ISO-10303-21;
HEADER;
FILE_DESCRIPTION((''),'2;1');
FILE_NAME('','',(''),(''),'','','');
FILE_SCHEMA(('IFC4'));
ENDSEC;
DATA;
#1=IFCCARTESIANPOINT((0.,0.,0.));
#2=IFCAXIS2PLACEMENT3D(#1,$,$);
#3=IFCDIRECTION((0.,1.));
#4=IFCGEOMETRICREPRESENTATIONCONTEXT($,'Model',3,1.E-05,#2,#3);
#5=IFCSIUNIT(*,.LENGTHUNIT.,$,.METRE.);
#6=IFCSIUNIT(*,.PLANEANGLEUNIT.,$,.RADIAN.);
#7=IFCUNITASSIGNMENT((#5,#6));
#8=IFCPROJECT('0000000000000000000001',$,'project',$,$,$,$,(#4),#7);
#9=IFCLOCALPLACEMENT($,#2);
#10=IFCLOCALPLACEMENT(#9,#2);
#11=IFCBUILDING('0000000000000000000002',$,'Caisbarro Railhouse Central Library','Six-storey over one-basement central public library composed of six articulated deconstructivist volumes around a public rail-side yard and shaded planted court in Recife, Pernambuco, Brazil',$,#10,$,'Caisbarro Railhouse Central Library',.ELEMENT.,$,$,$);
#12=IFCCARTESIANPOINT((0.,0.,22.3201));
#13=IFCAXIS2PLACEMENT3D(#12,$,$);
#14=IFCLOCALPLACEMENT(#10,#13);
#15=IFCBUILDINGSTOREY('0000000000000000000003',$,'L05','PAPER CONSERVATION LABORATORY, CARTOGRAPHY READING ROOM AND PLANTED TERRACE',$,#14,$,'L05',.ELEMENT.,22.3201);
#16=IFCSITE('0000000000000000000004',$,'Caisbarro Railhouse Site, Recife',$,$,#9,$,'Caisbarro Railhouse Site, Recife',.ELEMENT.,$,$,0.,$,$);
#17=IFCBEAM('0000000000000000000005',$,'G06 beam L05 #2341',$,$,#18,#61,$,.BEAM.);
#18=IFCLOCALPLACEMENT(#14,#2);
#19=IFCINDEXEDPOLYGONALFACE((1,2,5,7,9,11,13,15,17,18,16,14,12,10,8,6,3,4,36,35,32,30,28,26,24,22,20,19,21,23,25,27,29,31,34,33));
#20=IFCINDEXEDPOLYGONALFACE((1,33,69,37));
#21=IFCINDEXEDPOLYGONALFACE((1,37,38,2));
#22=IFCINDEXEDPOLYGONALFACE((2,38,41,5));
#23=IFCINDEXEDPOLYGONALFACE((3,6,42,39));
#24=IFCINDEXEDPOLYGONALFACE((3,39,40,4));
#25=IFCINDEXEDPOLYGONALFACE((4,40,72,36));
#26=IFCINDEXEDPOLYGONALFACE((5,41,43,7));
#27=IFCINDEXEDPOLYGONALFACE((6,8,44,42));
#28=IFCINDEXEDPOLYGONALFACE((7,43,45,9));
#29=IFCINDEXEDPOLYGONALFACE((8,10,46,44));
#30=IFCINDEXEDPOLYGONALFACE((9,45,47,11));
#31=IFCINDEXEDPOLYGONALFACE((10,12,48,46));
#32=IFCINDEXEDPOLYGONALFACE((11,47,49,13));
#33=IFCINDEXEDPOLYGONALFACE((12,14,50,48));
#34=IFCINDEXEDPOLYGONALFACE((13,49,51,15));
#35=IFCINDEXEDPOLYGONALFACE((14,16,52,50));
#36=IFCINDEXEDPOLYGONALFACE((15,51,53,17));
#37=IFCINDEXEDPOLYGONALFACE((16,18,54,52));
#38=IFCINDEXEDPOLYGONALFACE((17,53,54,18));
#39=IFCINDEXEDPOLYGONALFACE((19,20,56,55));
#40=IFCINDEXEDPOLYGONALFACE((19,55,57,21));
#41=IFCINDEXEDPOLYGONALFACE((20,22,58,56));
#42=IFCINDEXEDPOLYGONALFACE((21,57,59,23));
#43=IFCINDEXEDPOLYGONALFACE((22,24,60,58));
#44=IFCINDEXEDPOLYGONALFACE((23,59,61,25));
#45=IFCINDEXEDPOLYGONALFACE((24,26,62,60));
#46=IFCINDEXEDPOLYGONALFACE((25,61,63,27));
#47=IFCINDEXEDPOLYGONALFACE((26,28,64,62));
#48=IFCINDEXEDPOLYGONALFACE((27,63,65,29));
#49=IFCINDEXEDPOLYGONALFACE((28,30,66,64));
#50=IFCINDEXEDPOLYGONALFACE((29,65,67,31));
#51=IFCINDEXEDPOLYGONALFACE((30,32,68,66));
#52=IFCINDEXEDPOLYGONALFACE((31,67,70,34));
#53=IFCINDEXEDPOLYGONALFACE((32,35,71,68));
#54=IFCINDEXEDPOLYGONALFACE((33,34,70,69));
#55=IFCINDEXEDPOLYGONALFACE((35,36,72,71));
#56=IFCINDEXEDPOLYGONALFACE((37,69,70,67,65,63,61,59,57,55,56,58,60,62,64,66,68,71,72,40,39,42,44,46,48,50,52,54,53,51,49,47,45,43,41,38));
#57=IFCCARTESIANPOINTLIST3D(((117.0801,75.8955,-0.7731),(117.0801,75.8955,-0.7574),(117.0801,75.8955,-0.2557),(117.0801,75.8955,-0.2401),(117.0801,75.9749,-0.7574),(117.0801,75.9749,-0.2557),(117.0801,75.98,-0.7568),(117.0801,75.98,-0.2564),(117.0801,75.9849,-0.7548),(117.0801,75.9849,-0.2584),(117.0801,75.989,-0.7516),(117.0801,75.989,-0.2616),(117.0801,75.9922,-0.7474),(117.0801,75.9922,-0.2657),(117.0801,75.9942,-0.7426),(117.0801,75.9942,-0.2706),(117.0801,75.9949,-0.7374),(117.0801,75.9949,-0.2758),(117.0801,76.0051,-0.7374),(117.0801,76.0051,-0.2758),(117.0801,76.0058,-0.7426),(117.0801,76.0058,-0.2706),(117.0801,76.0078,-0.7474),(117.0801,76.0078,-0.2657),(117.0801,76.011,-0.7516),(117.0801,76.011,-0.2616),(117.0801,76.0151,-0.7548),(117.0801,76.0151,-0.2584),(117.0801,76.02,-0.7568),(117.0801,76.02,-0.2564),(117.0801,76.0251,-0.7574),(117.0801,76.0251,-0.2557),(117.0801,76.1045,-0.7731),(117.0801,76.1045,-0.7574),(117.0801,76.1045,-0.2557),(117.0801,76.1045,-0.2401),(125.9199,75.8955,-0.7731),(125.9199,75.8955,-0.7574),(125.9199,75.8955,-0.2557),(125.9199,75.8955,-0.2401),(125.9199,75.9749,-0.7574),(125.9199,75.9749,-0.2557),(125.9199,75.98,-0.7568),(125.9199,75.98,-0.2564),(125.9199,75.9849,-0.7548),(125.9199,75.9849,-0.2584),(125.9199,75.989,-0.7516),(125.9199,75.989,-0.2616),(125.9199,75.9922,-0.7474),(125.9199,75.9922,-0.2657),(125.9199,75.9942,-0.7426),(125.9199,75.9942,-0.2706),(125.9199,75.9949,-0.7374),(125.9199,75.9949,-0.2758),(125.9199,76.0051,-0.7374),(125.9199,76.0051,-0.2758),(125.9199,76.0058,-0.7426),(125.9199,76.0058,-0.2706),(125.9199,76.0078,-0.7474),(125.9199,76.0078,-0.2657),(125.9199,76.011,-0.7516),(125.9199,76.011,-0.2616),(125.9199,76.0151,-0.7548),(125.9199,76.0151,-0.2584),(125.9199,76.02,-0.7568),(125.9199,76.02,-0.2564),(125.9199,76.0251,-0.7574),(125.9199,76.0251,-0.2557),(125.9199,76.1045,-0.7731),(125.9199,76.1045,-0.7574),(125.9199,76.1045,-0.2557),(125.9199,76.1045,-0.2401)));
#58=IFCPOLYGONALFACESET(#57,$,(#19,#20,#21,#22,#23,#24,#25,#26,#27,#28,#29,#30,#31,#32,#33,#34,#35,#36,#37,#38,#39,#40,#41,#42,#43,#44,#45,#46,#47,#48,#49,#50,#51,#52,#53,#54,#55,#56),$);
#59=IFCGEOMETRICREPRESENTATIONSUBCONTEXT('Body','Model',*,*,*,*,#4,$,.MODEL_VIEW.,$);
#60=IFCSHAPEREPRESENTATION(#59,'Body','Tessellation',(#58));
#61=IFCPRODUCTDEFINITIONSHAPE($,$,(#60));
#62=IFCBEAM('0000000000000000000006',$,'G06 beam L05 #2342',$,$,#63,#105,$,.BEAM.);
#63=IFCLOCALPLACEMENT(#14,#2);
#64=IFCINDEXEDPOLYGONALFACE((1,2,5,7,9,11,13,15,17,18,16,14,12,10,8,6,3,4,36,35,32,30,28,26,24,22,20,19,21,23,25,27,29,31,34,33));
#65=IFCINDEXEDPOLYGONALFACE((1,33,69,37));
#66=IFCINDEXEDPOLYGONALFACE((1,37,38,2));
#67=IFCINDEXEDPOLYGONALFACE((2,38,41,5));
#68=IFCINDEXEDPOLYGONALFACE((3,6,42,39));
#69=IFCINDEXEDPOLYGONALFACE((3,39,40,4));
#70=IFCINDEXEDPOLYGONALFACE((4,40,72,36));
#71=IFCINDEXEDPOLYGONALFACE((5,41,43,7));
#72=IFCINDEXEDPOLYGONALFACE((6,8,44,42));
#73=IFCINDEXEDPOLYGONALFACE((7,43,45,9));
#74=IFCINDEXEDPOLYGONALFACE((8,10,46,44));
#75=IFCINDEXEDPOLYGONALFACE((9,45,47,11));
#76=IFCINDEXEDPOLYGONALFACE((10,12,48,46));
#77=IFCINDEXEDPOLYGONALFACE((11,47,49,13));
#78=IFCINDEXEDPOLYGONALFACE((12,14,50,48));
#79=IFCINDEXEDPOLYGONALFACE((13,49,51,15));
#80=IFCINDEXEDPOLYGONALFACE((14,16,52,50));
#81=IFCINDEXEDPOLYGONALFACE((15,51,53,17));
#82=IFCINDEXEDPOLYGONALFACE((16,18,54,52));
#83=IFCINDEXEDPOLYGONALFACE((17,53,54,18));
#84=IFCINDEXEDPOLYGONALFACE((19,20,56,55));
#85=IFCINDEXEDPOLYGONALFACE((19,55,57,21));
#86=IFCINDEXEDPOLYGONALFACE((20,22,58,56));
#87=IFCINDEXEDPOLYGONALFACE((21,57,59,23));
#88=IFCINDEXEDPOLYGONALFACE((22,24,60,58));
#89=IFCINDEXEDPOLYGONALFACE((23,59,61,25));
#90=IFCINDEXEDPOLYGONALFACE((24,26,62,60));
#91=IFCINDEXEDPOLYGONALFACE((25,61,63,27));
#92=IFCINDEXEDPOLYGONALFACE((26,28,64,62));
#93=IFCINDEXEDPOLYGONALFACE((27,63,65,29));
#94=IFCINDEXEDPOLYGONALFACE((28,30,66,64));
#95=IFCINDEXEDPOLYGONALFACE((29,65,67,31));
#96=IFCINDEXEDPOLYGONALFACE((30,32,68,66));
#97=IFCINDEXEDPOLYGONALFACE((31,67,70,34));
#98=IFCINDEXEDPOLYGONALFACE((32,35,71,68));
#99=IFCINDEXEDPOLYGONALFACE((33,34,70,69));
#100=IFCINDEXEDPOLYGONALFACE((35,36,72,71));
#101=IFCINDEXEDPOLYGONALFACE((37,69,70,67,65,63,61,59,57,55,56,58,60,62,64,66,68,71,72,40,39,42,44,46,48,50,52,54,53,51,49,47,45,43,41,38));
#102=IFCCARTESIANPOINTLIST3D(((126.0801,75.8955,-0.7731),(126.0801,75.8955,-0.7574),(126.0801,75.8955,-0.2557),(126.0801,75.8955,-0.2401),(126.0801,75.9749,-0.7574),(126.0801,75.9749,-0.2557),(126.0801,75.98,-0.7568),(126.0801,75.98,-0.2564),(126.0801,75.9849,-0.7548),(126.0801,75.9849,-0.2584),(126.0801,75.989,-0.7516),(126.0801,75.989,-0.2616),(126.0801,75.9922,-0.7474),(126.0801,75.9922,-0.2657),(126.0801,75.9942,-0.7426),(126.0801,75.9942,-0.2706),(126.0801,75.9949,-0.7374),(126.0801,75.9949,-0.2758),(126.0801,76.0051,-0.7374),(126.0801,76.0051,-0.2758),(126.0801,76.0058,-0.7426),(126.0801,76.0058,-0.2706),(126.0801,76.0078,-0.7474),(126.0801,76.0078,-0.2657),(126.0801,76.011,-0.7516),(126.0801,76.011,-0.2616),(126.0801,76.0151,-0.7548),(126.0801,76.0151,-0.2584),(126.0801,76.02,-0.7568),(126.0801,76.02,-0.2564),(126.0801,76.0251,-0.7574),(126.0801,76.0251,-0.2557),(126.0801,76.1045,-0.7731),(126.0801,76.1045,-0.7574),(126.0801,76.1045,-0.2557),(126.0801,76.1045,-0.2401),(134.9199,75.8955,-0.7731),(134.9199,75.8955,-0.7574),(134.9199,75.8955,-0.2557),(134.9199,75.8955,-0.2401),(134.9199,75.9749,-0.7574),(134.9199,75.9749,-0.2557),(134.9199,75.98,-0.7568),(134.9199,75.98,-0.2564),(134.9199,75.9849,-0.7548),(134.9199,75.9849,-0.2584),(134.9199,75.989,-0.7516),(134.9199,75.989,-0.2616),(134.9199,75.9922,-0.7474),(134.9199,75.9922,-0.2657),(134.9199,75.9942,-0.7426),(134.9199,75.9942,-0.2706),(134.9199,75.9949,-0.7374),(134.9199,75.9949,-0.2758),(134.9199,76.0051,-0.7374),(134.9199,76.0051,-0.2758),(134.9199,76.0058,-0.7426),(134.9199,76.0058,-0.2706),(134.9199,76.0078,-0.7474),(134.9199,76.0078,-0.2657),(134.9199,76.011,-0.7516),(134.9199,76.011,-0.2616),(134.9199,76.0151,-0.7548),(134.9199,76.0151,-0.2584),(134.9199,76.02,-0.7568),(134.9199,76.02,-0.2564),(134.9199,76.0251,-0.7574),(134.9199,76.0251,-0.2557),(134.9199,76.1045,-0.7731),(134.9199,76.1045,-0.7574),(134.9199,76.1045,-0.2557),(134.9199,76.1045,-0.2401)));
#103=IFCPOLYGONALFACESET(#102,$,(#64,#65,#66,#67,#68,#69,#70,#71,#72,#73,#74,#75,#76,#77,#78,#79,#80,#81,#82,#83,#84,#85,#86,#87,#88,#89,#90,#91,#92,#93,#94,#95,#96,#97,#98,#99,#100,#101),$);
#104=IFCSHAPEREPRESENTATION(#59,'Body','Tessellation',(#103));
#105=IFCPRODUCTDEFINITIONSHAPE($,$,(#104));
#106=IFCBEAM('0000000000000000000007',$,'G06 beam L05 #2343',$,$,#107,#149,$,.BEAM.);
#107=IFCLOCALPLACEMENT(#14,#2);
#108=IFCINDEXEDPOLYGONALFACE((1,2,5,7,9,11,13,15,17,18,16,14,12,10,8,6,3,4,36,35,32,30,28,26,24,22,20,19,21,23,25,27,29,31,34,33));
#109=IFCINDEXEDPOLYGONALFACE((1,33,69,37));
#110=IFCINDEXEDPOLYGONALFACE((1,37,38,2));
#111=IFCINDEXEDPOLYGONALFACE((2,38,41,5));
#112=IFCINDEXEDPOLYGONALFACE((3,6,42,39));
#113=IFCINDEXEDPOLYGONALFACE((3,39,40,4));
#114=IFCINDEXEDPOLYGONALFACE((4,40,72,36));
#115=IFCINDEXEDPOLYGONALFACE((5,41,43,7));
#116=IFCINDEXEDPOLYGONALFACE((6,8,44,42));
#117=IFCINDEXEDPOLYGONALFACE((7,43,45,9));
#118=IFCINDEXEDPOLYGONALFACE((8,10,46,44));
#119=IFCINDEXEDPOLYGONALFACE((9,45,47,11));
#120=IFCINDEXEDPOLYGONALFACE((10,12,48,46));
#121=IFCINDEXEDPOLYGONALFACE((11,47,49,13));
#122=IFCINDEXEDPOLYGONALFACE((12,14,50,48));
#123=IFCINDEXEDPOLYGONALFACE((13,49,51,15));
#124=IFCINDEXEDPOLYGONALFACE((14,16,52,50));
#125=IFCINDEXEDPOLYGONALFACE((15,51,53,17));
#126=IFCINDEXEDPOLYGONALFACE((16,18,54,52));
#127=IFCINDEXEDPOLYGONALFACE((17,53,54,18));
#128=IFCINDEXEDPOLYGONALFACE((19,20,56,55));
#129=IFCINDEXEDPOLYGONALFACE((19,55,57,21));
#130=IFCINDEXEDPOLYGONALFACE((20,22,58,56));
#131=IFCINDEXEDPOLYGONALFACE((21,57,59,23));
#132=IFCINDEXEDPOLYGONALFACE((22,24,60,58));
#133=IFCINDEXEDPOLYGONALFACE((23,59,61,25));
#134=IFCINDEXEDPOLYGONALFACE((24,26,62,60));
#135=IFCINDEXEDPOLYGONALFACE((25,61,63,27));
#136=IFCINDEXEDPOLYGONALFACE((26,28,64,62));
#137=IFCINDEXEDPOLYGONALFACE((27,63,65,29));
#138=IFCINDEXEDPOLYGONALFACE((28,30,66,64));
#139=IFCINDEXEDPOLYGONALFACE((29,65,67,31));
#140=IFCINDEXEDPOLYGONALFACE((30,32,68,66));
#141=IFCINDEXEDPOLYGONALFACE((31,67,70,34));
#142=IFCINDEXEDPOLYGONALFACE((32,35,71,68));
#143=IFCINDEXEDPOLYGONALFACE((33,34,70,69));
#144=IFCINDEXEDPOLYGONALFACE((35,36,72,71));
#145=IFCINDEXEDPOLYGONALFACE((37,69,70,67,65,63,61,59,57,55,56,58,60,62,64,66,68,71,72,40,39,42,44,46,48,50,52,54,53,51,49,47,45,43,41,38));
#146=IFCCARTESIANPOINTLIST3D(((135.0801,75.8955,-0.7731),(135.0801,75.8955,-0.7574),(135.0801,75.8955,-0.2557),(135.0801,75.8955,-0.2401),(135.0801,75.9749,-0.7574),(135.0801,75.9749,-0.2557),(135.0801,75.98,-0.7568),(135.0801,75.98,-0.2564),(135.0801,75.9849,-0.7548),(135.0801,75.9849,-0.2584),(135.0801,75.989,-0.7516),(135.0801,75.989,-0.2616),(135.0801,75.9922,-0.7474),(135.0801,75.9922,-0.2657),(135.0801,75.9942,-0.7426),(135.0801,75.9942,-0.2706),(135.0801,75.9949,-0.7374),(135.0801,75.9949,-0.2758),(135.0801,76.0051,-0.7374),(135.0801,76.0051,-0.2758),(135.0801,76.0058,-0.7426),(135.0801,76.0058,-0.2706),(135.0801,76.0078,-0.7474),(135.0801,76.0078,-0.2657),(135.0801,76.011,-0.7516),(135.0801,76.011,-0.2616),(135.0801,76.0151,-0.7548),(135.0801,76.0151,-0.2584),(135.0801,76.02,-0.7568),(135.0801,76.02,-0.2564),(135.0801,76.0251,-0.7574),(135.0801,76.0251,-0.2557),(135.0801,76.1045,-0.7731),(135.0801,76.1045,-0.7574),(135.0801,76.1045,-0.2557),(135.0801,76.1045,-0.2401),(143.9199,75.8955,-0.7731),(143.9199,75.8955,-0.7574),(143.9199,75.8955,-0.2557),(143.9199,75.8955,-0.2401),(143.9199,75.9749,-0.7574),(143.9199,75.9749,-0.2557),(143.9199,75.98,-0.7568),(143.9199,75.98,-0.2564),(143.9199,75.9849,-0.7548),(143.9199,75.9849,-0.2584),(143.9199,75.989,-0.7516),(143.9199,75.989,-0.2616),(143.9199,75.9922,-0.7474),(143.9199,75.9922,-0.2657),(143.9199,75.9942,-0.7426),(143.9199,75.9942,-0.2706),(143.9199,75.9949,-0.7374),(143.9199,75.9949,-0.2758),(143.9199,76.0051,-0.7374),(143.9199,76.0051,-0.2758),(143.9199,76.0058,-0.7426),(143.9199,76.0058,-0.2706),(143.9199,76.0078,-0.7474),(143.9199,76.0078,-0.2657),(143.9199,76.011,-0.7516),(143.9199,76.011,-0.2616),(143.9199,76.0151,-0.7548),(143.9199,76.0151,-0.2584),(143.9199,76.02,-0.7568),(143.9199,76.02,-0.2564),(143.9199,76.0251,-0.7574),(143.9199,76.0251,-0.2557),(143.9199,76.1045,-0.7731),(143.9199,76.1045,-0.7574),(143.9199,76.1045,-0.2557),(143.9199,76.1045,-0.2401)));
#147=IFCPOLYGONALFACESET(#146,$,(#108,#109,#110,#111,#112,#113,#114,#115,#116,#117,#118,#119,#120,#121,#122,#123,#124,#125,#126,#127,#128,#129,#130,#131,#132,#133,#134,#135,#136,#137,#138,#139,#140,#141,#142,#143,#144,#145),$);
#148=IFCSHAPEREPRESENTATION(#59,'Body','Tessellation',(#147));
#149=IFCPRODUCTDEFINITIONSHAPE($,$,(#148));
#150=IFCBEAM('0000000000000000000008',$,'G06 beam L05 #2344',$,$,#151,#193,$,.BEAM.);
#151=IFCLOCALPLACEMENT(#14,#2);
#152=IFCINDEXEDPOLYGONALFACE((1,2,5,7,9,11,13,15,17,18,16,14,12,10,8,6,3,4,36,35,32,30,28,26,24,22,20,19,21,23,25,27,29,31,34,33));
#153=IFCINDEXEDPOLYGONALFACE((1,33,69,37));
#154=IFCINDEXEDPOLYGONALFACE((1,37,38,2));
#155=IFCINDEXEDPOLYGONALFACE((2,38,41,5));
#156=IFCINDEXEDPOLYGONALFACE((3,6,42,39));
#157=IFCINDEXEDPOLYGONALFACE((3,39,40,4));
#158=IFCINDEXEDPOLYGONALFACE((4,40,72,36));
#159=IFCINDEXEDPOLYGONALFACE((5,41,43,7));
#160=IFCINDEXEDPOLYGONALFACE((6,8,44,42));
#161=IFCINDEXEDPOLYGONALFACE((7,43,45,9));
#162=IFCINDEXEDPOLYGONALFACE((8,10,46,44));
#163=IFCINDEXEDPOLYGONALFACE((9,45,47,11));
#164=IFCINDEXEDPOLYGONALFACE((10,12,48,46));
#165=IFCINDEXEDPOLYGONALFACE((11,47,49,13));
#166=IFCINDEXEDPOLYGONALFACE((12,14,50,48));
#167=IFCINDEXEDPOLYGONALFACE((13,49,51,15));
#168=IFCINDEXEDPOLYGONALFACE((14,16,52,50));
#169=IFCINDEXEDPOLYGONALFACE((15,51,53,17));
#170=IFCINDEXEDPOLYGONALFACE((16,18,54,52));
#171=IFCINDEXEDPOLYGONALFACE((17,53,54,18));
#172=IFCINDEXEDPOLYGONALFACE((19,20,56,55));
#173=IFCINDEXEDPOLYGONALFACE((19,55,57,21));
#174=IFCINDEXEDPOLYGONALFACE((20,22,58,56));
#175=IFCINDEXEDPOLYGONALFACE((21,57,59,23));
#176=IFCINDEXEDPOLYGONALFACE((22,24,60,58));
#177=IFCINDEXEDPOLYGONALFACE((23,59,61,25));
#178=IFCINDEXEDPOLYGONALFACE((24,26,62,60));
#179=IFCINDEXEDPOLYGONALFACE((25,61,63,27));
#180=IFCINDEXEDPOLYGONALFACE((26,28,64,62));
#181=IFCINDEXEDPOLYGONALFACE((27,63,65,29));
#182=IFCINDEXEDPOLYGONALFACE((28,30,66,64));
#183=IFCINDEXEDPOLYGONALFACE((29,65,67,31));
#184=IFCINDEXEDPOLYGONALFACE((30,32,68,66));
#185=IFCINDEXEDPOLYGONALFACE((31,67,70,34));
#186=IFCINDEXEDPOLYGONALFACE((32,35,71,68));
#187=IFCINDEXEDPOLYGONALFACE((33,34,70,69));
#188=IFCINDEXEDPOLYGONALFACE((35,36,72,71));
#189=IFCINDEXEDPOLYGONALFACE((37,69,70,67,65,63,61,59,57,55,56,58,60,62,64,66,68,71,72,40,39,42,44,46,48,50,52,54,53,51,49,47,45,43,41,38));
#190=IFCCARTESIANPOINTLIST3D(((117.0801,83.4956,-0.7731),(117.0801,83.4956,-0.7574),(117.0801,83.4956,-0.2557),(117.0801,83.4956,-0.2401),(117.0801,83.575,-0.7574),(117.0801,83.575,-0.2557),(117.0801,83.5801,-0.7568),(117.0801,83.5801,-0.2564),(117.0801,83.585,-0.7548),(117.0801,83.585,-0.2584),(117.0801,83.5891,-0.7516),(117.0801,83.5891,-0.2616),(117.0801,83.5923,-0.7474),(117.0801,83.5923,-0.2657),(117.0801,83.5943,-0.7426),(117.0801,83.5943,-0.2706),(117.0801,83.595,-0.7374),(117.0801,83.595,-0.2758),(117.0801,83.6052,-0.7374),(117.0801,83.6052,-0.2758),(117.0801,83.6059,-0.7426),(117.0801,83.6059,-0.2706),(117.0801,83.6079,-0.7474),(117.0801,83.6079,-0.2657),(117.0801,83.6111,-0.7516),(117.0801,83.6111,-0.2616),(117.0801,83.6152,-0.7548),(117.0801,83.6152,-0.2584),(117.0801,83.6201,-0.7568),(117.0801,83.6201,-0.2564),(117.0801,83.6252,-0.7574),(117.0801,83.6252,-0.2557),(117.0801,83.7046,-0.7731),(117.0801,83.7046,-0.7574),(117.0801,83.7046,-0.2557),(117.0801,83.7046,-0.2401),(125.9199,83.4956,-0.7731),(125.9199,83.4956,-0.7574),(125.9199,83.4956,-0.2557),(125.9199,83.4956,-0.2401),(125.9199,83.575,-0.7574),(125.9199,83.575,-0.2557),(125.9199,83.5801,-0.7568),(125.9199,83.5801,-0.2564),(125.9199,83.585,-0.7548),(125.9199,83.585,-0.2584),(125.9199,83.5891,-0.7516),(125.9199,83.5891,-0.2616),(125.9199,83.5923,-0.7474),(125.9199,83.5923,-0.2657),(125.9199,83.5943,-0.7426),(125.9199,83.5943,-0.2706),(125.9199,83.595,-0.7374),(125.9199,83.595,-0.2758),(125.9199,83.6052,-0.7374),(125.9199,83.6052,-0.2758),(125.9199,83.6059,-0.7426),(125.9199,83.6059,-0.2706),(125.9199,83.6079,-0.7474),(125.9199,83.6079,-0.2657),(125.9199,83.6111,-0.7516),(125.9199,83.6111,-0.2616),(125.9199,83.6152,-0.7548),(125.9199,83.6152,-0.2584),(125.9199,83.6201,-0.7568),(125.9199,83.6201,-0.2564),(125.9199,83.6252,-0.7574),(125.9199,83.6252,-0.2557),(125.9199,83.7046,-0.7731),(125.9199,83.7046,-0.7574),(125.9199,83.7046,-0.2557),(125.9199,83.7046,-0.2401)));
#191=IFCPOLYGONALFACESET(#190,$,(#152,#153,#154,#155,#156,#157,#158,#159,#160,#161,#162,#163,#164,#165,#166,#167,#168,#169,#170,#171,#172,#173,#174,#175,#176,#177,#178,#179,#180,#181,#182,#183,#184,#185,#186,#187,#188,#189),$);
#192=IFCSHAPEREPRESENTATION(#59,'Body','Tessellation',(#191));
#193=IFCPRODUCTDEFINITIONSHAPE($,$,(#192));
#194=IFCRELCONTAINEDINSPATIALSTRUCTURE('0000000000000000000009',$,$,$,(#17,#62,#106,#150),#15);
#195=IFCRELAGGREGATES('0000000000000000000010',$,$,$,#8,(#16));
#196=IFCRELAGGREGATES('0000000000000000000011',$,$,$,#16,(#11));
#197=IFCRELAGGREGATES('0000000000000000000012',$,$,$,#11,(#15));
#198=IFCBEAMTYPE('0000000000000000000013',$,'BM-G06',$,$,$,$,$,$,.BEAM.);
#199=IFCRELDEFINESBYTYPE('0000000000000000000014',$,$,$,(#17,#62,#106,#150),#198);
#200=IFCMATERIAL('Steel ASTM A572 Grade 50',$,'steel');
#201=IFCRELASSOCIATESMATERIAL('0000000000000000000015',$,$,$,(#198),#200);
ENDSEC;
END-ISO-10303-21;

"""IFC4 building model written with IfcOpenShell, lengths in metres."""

from ifc_helpers import new_model, si_unit, direction, frame, origin, origin_2d, place, context, subcontext, project, spatial, i_section, extrude, material, material_profile, profile_set, type_object, element, save


model = new_model("IFC4")

# Units and contexts
model_context = context("Model", 3, precision=1e-05, world=origin(), true_north=direction((0.0, 1.0)))
body_context = subcontext(model_context, "Body", "Model", "MODEL_VIEW")
ifc_project = project(units=[si_unit("LENGTHUNIT", "METRE"), si_unit("PLANEANGLEUNIT", "RADIAN")], contexts=[model_context])

# Site, building, storey
site_placement = place(None, origin())
site = spatial("IfcSite", under=ifc_project, at=site_placement, Name="Caisbarro Railhouse Site, Recife", LongName="Caisbarro Railhouse Site, Recife", CompositionType="ELEMENT", RefElevation=0.0)
building_placement = place(site_placement, origin())
building = spatial("IfcBuilding", under=site, at=building_placement, Name="Caisbarro Railhouse Central Library", Description="Six-storey over one-basement central public library composed of six articulated deconstructivist volumes around a public rail-side yard and shaded planted court in Recife, Pernambuco, Brazil", LongName="Caisbarro Railhouse Central Library", CompositionType="ELEMENT")
storey_placement = place(building_placement, frame((0.0, 0.0, 22.3201)))
storey = spatial("IfcBuildingStorey", under=building, at=storey_placement, Name="L05", Description="PAPER CONSERVATION LABORATORY, CARTOGRAPHY READING ROOM AND PLANTED TERRACE", LongName="L05", CompositionType="ELEMENT", Elevation=22.3201)

# Beams
ifc_material_1 = material(Name="Steel ASTM A572 Grade 50", Category="steel")
ifc_material_profile_1 = material_profile(ifc_material_1, i_section(OverallWidth=0.209, OverallDepth=0.533, WebThickness=0.0103, FlangeThickness=0.0156, FilletRadius=0.02, at=origin_2d()), Name="W530X92.0")
ifc_profile_set_1 = profile_set([ifc_material_profile_1], Name="Steel ASTM A572 Grade 50")
beam_type_1 = type_object("IfcBeamType", Name="BM-G06", PredefinedType="BEAM", material=ifc_profile_set_1)
for number, where, z_axis, x_axis, name in (
    (1, (117.0801, 76.0, -0.5066), (1.0, 0.0, 0.0), (0.0, 1.0, 0.0), "G06 beam L05 #2341"),
    (2, (126.0801, 76.0, -0.5066), (1.0, 0.0, 0.0), (0.0, 1.0, 0.0), "G06 beam L05 #2342"),
    (3, (135.0801, 76.0, -0.5066), (1.0, 0.0, 0.0), (0.0, 1.0, 0.0), "G06 beam L05 #2343"),
    (4, (117.0801, 83.6001, -0.5066), (1.0, 0.0, 0.0), (0.0, 1.0, 0.0), "G06 beam L05 #2344"),
):
    element("IfcBeam", number, at=place(storey_placement, frame(where, z_axis=z_axis, x_axis=x_axis)), inside=storey, type_object=beam_type_1, Name=name, PredefinedType="BEAM", context=body_context, shape_type="SweptSolid", body=[
        extrude(i_section(OverallWidth=0.209, OverallDepth=0.533, WebThickness=0.0103, FlangeThickness=0.0156, FilletRadius=0.02, at=origin_2d()), origin(), (0.0, 0.0, 1.0), 8.8398),
    ])

save(model, "model.ifc")
